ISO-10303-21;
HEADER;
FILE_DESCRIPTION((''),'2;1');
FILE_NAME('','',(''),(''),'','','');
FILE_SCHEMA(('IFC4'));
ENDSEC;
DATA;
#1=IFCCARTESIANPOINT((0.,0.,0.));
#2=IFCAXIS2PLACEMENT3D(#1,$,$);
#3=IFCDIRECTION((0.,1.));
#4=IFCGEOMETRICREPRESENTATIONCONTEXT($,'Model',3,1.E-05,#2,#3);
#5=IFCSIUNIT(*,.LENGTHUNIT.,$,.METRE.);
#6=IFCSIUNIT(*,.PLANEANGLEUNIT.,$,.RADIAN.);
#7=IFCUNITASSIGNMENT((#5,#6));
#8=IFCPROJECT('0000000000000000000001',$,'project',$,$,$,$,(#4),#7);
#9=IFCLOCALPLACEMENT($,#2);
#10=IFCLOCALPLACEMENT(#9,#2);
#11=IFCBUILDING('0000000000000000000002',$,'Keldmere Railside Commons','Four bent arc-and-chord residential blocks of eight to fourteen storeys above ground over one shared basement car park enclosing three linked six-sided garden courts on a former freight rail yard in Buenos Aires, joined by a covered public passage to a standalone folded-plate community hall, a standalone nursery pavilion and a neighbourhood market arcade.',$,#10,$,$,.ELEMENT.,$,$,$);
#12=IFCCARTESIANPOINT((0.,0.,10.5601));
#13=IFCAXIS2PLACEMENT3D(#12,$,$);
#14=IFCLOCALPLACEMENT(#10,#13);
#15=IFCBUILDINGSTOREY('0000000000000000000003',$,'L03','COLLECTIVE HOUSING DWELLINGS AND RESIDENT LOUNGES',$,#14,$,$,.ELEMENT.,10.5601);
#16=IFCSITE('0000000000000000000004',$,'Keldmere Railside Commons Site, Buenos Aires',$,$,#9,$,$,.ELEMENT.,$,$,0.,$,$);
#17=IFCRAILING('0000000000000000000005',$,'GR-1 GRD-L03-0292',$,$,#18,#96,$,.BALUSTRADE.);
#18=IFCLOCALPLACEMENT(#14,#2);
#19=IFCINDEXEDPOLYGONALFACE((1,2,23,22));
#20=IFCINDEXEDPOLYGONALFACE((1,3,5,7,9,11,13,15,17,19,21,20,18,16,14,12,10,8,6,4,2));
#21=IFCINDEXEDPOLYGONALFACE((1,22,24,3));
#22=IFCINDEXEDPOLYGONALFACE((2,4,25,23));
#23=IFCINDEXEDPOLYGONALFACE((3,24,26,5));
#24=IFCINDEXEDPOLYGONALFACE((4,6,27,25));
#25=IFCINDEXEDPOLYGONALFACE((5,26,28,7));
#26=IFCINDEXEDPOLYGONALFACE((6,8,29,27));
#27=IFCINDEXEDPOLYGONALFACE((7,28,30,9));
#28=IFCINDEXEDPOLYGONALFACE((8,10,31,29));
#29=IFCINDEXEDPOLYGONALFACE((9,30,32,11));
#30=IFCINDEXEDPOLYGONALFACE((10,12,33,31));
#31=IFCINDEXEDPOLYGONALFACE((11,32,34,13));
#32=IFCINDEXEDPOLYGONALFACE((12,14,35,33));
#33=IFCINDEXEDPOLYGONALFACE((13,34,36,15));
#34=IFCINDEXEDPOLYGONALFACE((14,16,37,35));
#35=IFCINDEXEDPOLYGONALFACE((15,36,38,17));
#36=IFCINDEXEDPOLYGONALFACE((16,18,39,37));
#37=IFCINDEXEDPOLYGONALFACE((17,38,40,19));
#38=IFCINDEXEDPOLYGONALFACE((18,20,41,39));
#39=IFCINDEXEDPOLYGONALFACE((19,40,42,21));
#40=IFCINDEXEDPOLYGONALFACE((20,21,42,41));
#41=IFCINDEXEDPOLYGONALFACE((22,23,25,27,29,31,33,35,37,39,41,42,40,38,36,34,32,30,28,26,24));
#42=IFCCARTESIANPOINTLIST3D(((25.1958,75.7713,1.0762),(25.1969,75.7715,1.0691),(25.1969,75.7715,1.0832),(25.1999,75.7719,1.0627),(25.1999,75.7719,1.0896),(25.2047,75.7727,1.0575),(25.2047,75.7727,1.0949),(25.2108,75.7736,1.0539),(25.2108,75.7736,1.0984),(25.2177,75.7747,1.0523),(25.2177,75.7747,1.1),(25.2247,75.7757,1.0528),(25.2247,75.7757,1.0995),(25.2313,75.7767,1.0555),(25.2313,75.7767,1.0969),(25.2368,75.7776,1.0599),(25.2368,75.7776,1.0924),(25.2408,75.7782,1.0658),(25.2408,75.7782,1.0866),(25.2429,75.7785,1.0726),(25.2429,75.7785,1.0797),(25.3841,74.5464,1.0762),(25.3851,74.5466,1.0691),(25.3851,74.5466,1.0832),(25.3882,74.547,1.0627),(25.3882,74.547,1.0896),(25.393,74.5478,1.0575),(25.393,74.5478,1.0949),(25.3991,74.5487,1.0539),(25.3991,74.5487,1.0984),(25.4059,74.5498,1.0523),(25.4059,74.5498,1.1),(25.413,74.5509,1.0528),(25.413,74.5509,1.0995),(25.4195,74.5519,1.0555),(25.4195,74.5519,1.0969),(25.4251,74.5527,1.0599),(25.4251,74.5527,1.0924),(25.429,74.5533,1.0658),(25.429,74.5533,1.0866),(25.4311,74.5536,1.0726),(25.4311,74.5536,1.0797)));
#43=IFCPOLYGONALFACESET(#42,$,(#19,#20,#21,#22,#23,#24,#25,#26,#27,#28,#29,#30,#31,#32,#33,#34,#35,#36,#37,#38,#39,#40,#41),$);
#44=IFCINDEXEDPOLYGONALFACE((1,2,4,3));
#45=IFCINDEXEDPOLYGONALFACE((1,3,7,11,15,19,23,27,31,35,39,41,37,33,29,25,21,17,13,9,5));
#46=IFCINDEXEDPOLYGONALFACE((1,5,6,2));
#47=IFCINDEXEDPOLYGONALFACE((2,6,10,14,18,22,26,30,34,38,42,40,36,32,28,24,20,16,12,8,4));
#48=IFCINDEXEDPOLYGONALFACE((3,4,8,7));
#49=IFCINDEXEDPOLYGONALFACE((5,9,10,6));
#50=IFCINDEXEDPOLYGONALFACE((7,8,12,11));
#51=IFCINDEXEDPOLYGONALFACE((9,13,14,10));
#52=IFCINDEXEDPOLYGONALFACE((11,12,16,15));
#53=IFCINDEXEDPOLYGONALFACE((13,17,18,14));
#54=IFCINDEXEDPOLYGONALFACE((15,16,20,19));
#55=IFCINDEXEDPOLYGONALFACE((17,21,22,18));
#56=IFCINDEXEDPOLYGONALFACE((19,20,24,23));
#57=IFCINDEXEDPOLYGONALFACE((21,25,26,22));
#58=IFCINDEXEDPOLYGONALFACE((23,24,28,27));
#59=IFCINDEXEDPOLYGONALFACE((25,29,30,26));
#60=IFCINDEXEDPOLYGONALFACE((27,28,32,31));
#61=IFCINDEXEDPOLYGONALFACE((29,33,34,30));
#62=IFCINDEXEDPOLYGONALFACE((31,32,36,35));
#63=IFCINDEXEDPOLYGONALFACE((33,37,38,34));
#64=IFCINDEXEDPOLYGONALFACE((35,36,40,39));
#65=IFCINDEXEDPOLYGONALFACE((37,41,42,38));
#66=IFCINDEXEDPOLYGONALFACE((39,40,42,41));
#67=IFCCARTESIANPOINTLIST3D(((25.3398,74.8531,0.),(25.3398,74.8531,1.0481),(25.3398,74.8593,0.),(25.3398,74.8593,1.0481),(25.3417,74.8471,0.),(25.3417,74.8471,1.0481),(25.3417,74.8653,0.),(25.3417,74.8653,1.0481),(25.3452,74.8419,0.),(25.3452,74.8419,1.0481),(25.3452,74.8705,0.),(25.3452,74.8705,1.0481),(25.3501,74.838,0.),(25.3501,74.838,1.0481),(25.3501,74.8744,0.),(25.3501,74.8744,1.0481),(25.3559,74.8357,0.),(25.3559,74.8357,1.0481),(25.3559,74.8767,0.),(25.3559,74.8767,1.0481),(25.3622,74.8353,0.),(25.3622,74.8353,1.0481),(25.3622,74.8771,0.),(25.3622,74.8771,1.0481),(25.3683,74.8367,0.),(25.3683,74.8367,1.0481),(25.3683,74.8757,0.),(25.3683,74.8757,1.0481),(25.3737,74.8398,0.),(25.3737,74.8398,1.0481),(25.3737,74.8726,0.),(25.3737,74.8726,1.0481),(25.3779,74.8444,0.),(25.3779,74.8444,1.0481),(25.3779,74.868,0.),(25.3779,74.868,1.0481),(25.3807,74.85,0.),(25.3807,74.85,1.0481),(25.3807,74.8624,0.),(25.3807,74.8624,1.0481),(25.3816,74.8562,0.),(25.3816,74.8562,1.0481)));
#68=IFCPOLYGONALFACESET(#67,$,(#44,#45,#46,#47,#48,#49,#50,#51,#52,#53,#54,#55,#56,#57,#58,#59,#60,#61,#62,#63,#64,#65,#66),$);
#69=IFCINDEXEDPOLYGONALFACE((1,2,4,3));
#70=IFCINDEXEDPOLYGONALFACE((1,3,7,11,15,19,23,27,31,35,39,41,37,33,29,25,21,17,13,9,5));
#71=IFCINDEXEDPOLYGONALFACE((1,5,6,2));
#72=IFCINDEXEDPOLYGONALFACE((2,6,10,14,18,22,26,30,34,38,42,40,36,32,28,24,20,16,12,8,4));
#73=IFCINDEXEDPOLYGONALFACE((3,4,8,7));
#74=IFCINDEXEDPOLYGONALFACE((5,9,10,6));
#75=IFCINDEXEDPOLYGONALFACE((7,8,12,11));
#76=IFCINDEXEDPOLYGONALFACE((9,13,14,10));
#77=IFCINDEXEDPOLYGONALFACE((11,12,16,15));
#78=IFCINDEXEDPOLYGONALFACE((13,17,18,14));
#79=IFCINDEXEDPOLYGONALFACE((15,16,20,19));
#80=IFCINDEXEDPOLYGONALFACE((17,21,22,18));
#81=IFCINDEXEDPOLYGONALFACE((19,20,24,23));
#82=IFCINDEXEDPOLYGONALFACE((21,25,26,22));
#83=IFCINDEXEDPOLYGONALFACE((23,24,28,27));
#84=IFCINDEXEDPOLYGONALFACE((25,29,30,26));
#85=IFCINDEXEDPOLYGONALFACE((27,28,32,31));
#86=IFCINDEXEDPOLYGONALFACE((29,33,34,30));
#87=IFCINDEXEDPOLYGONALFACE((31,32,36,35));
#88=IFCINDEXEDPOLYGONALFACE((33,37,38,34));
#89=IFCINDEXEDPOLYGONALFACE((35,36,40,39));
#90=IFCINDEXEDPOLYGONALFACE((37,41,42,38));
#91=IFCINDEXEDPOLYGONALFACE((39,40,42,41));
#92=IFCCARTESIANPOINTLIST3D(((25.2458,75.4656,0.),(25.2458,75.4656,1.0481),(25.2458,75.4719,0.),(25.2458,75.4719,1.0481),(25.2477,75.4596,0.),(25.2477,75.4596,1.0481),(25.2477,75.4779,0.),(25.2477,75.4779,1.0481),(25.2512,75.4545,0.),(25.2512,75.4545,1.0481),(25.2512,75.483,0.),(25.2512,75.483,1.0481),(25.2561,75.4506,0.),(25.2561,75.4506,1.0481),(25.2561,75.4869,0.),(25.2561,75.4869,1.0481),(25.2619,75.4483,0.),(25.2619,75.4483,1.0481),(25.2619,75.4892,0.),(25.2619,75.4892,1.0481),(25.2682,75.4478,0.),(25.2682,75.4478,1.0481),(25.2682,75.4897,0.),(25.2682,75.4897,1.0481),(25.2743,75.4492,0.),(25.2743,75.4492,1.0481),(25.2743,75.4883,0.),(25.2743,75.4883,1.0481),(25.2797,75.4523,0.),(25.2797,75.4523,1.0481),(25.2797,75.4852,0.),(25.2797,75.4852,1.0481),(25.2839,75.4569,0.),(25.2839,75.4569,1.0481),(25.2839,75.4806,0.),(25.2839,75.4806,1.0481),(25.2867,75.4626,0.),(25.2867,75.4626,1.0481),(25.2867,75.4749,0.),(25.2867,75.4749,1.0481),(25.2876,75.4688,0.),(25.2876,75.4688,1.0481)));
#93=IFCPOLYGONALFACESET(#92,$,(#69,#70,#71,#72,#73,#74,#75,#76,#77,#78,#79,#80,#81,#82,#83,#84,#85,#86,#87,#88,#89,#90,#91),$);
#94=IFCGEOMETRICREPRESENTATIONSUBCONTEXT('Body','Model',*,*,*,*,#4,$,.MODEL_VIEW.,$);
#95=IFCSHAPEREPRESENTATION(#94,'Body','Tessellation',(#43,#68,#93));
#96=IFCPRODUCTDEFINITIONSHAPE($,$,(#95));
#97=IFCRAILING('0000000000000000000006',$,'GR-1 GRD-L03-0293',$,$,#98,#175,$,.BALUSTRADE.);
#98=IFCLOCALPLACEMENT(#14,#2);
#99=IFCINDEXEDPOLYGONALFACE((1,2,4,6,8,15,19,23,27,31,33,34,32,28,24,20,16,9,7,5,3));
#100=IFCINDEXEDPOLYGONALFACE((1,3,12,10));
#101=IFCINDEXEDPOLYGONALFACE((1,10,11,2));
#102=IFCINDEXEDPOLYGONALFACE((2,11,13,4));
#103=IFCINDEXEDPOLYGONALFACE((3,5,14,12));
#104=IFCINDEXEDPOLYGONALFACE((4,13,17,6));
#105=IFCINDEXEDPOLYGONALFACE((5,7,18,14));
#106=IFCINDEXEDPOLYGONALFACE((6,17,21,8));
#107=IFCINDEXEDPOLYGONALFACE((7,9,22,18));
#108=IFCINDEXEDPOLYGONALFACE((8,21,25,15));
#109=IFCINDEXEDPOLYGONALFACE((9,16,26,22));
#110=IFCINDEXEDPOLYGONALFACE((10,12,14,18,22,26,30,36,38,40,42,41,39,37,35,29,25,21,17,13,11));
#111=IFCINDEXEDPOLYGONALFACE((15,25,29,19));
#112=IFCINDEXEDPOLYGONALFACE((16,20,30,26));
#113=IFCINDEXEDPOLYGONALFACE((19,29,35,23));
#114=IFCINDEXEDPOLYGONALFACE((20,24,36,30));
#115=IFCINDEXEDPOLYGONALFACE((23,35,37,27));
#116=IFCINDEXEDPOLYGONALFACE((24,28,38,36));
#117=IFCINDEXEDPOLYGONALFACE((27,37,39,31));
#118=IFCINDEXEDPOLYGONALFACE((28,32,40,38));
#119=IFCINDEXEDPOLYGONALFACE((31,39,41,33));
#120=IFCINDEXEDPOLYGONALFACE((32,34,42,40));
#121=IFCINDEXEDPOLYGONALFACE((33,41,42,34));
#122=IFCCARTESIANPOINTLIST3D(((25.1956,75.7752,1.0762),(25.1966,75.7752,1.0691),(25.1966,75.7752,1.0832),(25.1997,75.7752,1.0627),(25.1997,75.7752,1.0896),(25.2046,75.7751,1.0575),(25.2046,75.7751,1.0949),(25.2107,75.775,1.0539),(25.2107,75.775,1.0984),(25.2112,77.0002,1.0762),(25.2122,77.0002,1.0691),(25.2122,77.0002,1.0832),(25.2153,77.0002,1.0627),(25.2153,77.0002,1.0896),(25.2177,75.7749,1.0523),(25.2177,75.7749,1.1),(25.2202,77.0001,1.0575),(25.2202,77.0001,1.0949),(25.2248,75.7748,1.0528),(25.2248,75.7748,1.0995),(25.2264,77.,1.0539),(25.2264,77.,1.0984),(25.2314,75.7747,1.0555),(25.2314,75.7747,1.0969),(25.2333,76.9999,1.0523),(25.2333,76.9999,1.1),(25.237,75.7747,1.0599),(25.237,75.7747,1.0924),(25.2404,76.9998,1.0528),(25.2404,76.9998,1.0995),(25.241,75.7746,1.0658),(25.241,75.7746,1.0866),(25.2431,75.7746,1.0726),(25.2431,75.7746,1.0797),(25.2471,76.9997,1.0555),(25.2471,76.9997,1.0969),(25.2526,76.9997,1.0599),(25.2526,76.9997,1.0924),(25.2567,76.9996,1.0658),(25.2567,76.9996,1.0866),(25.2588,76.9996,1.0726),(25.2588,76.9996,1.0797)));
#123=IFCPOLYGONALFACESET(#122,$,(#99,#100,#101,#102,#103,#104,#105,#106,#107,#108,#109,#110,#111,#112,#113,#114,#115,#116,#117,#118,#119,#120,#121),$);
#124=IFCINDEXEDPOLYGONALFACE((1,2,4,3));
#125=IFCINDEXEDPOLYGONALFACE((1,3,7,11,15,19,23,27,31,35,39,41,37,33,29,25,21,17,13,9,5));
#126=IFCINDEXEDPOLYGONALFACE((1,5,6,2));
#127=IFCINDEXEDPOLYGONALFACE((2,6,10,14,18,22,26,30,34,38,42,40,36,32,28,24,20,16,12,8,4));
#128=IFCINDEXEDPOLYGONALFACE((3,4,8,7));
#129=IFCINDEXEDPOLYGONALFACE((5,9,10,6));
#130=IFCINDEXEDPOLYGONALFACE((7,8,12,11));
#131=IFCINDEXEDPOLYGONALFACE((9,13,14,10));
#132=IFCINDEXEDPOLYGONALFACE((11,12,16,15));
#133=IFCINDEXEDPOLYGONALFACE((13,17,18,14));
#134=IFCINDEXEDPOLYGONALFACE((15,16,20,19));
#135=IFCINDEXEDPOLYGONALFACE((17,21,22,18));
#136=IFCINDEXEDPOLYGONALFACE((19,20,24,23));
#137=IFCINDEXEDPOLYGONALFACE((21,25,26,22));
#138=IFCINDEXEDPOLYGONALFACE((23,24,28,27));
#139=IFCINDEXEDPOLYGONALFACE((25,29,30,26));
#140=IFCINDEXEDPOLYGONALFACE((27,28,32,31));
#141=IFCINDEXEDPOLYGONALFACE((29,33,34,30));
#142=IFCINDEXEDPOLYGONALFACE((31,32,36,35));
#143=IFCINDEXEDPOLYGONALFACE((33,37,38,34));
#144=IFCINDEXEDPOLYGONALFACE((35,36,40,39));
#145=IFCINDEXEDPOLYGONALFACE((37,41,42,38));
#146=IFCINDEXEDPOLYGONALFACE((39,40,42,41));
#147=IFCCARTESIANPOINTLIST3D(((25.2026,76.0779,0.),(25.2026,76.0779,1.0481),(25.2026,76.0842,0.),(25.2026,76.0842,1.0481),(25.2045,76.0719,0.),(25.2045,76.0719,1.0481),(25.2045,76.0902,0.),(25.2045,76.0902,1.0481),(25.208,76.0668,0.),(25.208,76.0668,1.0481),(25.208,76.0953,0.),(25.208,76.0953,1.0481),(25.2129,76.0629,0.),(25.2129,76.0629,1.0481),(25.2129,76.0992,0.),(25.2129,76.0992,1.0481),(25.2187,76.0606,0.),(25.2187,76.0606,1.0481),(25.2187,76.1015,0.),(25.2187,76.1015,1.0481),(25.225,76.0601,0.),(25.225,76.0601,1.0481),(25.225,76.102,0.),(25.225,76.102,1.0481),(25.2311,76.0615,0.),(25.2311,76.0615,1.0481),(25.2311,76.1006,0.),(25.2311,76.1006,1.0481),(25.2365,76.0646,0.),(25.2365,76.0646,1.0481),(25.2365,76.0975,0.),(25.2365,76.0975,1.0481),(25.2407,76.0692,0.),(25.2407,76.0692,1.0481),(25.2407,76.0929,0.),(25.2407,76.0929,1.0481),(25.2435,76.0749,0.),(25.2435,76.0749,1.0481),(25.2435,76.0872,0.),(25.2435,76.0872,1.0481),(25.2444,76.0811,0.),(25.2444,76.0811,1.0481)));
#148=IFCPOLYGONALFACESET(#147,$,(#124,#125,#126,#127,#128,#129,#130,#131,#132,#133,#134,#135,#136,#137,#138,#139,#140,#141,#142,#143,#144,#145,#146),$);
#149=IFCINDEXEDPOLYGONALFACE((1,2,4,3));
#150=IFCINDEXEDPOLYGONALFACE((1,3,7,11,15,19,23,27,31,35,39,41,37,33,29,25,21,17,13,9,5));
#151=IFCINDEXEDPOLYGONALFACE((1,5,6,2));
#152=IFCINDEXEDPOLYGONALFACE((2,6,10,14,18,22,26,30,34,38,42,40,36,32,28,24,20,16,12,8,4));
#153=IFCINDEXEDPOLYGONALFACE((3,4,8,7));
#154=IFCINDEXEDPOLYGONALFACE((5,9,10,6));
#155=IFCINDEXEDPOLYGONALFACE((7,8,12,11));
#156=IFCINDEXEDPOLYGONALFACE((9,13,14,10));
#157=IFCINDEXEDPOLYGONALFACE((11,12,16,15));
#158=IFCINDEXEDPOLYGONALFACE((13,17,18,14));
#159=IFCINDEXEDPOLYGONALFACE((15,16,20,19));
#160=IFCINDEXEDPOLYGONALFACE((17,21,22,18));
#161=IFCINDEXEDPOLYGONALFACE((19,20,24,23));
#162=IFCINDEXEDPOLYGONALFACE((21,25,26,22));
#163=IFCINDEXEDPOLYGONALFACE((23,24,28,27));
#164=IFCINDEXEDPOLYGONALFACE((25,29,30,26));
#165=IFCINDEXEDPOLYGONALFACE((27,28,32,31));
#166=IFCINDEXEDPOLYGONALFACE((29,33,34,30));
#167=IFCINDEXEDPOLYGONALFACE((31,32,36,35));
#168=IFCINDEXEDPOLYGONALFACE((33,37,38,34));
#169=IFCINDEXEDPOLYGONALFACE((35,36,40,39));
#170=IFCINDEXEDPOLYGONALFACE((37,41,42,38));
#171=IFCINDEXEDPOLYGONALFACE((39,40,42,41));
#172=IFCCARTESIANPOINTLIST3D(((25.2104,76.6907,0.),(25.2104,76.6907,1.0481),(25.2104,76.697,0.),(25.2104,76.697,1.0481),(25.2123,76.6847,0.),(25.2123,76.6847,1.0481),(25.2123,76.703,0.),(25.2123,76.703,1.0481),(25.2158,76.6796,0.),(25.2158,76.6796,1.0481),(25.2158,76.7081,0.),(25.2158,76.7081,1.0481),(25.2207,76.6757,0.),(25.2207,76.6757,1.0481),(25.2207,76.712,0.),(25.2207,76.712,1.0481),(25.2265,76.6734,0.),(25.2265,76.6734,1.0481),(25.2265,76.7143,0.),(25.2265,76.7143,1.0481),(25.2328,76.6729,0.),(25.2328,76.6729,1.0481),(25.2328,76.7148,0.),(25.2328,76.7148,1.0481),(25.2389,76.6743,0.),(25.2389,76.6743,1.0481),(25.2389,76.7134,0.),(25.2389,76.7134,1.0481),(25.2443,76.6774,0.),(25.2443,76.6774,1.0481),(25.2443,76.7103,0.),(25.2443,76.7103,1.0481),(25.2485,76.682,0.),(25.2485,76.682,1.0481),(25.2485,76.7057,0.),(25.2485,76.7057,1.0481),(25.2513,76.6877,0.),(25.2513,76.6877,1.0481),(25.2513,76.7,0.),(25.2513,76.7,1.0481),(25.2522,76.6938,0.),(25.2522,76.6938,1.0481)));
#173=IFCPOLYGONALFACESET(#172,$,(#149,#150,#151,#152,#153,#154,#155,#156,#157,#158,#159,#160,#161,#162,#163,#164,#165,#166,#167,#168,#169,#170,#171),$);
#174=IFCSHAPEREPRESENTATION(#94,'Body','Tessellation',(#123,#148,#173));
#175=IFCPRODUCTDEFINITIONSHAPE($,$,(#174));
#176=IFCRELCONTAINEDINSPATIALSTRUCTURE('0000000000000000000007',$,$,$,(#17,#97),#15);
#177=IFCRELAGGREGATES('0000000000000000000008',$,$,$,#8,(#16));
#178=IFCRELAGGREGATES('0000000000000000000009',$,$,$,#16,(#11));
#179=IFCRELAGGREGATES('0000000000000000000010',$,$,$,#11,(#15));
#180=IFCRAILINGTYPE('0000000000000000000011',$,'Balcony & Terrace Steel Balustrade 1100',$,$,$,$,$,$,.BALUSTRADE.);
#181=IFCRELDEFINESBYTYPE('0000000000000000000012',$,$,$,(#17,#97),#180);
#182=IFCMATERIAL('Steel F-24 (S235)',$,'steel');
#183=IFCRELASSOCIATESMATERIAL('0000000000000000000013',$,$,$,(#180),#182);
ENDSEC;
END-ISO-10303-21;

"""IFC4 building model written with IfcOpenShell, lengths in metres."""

from ifc_helpers import new_model, si_unit, direction, frame, origin, origin_2d, place, context, subcontext, project, spatial, circle, extrude, material, type_object, element, save


model = new_model("IFC4")

# Units and contexts
model_context = context("Model", 3, precision=1e-05, world=origin(), true_north=direction((0.0, 1.0)))
body_context = subcontext(model_context, "Body", "Model", "MODEL_VIEW")
ifc_project = project(units=[si_unit("LENGTHUNIT", "METRE"), si_unit("PLANEANGLEUNIT", "RADIAN")], contexts=[model_context])

# Site, building, storey
site_placement = place(None, origin())
site = spatial("IfcSite", under=ifc_project, at=site_placement, Name="Keldmere Railside Commons Site, Buenos Aires", CompositionType="ELEMENT", RefElevation=0.0)
building_placement = place(site_placement, origin())
building = spatial("IfcBuilding", under=site, at=building_placement, Name="Keldmere Railside Commons", Description="Four bent arc-and-chord residential blocks of eight to fourteen storeys above ground over one shared basement car park enclosing three linked six-sided garden courts on a former freight rail yard in Buenos Aires, joined by a covered public passage to a standalone folded-plate community hall, a standalone nursery pavilion and a neighbourhood market arcade.", CompositionType="ELEMENT")
storey_placement = place(building_placement, frame((0.0, 0.0, 10.5601)))
storey = spatial("IfcBuildingStorey", under=building, at=storey_placement, Name="L03", Description="COLLECTIVE HOUSING DWELLINGS AND RESIDENT LOUNGES", CompositionType="ELEMENT", Elevation=10.5601)

# Railings
ifc_material_1 = material(Name="Steel F-24 (S235)", Category="steel")
railing_type = type_object("IfcRailingType", Name="Balcony & Terrace Steel Balustrade 1100", PredefinedType="BALUSTRADE", material=ifc_material_1)
railing_1_placement = place(storey_placement, frame((25.4077, 74.55, 0.0)))
element("IfcRailing", 1, at=railing_1_placement, inside=storey, type_object=railing_type, Name="GR-1 GRD-L03-0292", PredefinedType="BALUSTRADE", context=body_context, shape_type="SweptSolid", body=[
    extrude(circle(Radius=0.0239, at=origin_2d()), frame((0.0, 0.0, 1.0762), z_axis=(-0.151894, 0.988397, 0.0), x_axis=(-0.988397, -0.151894, 0.0)), (0.0, 0.0, 1.0), 1.2393),
    extrude(circle(Radius=0.021, at=origin_2d()), frame((-0.0471, 0.3062, 0.0)), (0.0, 0.0, 1.0), 1.0481),
    extrude(circle(Radius=0.021, at=origin_2d()), frame((-0.1411, 0.9187, 0.0)), (0.0, 0.0, 1.0), 1.0481),
])
railing_2_placement = place(storey_placement, frame((25.2195, 75.7749, 0.0)))
element("IfcRailing", 2, at=railing_2_placement, inside=storey, type_object=railing_type, Name="GR-1 GRD-L03-0293", PredefinedType="BALUSTRADE", context=body_context, shape_type="SweptSolid", body=[
    extrude(circle(Radius=0.0239, at=origin_2d()), frame((0.0, 0.0, 1.0762), z_axis=(0.012753, 0.999919, 0.0), x_axis=(-0.999919, 0.012753, 0.0)), (0.0, 0.0, 1.0), 1.2251),
    extrude(circle(Radius=0.021, at=origin_2d()), frame((0.0039, 0.3062, 0.0)), (0.0, 0.0, 1.0), 1.0481),
    extrude(circle(Radius=0.021, at=origin_2d()), frame((0.0117, 0.9189, 0.0)), (0.0, 0.0, 1.0), 1.0481),
])

save(model, "model.ifc")
